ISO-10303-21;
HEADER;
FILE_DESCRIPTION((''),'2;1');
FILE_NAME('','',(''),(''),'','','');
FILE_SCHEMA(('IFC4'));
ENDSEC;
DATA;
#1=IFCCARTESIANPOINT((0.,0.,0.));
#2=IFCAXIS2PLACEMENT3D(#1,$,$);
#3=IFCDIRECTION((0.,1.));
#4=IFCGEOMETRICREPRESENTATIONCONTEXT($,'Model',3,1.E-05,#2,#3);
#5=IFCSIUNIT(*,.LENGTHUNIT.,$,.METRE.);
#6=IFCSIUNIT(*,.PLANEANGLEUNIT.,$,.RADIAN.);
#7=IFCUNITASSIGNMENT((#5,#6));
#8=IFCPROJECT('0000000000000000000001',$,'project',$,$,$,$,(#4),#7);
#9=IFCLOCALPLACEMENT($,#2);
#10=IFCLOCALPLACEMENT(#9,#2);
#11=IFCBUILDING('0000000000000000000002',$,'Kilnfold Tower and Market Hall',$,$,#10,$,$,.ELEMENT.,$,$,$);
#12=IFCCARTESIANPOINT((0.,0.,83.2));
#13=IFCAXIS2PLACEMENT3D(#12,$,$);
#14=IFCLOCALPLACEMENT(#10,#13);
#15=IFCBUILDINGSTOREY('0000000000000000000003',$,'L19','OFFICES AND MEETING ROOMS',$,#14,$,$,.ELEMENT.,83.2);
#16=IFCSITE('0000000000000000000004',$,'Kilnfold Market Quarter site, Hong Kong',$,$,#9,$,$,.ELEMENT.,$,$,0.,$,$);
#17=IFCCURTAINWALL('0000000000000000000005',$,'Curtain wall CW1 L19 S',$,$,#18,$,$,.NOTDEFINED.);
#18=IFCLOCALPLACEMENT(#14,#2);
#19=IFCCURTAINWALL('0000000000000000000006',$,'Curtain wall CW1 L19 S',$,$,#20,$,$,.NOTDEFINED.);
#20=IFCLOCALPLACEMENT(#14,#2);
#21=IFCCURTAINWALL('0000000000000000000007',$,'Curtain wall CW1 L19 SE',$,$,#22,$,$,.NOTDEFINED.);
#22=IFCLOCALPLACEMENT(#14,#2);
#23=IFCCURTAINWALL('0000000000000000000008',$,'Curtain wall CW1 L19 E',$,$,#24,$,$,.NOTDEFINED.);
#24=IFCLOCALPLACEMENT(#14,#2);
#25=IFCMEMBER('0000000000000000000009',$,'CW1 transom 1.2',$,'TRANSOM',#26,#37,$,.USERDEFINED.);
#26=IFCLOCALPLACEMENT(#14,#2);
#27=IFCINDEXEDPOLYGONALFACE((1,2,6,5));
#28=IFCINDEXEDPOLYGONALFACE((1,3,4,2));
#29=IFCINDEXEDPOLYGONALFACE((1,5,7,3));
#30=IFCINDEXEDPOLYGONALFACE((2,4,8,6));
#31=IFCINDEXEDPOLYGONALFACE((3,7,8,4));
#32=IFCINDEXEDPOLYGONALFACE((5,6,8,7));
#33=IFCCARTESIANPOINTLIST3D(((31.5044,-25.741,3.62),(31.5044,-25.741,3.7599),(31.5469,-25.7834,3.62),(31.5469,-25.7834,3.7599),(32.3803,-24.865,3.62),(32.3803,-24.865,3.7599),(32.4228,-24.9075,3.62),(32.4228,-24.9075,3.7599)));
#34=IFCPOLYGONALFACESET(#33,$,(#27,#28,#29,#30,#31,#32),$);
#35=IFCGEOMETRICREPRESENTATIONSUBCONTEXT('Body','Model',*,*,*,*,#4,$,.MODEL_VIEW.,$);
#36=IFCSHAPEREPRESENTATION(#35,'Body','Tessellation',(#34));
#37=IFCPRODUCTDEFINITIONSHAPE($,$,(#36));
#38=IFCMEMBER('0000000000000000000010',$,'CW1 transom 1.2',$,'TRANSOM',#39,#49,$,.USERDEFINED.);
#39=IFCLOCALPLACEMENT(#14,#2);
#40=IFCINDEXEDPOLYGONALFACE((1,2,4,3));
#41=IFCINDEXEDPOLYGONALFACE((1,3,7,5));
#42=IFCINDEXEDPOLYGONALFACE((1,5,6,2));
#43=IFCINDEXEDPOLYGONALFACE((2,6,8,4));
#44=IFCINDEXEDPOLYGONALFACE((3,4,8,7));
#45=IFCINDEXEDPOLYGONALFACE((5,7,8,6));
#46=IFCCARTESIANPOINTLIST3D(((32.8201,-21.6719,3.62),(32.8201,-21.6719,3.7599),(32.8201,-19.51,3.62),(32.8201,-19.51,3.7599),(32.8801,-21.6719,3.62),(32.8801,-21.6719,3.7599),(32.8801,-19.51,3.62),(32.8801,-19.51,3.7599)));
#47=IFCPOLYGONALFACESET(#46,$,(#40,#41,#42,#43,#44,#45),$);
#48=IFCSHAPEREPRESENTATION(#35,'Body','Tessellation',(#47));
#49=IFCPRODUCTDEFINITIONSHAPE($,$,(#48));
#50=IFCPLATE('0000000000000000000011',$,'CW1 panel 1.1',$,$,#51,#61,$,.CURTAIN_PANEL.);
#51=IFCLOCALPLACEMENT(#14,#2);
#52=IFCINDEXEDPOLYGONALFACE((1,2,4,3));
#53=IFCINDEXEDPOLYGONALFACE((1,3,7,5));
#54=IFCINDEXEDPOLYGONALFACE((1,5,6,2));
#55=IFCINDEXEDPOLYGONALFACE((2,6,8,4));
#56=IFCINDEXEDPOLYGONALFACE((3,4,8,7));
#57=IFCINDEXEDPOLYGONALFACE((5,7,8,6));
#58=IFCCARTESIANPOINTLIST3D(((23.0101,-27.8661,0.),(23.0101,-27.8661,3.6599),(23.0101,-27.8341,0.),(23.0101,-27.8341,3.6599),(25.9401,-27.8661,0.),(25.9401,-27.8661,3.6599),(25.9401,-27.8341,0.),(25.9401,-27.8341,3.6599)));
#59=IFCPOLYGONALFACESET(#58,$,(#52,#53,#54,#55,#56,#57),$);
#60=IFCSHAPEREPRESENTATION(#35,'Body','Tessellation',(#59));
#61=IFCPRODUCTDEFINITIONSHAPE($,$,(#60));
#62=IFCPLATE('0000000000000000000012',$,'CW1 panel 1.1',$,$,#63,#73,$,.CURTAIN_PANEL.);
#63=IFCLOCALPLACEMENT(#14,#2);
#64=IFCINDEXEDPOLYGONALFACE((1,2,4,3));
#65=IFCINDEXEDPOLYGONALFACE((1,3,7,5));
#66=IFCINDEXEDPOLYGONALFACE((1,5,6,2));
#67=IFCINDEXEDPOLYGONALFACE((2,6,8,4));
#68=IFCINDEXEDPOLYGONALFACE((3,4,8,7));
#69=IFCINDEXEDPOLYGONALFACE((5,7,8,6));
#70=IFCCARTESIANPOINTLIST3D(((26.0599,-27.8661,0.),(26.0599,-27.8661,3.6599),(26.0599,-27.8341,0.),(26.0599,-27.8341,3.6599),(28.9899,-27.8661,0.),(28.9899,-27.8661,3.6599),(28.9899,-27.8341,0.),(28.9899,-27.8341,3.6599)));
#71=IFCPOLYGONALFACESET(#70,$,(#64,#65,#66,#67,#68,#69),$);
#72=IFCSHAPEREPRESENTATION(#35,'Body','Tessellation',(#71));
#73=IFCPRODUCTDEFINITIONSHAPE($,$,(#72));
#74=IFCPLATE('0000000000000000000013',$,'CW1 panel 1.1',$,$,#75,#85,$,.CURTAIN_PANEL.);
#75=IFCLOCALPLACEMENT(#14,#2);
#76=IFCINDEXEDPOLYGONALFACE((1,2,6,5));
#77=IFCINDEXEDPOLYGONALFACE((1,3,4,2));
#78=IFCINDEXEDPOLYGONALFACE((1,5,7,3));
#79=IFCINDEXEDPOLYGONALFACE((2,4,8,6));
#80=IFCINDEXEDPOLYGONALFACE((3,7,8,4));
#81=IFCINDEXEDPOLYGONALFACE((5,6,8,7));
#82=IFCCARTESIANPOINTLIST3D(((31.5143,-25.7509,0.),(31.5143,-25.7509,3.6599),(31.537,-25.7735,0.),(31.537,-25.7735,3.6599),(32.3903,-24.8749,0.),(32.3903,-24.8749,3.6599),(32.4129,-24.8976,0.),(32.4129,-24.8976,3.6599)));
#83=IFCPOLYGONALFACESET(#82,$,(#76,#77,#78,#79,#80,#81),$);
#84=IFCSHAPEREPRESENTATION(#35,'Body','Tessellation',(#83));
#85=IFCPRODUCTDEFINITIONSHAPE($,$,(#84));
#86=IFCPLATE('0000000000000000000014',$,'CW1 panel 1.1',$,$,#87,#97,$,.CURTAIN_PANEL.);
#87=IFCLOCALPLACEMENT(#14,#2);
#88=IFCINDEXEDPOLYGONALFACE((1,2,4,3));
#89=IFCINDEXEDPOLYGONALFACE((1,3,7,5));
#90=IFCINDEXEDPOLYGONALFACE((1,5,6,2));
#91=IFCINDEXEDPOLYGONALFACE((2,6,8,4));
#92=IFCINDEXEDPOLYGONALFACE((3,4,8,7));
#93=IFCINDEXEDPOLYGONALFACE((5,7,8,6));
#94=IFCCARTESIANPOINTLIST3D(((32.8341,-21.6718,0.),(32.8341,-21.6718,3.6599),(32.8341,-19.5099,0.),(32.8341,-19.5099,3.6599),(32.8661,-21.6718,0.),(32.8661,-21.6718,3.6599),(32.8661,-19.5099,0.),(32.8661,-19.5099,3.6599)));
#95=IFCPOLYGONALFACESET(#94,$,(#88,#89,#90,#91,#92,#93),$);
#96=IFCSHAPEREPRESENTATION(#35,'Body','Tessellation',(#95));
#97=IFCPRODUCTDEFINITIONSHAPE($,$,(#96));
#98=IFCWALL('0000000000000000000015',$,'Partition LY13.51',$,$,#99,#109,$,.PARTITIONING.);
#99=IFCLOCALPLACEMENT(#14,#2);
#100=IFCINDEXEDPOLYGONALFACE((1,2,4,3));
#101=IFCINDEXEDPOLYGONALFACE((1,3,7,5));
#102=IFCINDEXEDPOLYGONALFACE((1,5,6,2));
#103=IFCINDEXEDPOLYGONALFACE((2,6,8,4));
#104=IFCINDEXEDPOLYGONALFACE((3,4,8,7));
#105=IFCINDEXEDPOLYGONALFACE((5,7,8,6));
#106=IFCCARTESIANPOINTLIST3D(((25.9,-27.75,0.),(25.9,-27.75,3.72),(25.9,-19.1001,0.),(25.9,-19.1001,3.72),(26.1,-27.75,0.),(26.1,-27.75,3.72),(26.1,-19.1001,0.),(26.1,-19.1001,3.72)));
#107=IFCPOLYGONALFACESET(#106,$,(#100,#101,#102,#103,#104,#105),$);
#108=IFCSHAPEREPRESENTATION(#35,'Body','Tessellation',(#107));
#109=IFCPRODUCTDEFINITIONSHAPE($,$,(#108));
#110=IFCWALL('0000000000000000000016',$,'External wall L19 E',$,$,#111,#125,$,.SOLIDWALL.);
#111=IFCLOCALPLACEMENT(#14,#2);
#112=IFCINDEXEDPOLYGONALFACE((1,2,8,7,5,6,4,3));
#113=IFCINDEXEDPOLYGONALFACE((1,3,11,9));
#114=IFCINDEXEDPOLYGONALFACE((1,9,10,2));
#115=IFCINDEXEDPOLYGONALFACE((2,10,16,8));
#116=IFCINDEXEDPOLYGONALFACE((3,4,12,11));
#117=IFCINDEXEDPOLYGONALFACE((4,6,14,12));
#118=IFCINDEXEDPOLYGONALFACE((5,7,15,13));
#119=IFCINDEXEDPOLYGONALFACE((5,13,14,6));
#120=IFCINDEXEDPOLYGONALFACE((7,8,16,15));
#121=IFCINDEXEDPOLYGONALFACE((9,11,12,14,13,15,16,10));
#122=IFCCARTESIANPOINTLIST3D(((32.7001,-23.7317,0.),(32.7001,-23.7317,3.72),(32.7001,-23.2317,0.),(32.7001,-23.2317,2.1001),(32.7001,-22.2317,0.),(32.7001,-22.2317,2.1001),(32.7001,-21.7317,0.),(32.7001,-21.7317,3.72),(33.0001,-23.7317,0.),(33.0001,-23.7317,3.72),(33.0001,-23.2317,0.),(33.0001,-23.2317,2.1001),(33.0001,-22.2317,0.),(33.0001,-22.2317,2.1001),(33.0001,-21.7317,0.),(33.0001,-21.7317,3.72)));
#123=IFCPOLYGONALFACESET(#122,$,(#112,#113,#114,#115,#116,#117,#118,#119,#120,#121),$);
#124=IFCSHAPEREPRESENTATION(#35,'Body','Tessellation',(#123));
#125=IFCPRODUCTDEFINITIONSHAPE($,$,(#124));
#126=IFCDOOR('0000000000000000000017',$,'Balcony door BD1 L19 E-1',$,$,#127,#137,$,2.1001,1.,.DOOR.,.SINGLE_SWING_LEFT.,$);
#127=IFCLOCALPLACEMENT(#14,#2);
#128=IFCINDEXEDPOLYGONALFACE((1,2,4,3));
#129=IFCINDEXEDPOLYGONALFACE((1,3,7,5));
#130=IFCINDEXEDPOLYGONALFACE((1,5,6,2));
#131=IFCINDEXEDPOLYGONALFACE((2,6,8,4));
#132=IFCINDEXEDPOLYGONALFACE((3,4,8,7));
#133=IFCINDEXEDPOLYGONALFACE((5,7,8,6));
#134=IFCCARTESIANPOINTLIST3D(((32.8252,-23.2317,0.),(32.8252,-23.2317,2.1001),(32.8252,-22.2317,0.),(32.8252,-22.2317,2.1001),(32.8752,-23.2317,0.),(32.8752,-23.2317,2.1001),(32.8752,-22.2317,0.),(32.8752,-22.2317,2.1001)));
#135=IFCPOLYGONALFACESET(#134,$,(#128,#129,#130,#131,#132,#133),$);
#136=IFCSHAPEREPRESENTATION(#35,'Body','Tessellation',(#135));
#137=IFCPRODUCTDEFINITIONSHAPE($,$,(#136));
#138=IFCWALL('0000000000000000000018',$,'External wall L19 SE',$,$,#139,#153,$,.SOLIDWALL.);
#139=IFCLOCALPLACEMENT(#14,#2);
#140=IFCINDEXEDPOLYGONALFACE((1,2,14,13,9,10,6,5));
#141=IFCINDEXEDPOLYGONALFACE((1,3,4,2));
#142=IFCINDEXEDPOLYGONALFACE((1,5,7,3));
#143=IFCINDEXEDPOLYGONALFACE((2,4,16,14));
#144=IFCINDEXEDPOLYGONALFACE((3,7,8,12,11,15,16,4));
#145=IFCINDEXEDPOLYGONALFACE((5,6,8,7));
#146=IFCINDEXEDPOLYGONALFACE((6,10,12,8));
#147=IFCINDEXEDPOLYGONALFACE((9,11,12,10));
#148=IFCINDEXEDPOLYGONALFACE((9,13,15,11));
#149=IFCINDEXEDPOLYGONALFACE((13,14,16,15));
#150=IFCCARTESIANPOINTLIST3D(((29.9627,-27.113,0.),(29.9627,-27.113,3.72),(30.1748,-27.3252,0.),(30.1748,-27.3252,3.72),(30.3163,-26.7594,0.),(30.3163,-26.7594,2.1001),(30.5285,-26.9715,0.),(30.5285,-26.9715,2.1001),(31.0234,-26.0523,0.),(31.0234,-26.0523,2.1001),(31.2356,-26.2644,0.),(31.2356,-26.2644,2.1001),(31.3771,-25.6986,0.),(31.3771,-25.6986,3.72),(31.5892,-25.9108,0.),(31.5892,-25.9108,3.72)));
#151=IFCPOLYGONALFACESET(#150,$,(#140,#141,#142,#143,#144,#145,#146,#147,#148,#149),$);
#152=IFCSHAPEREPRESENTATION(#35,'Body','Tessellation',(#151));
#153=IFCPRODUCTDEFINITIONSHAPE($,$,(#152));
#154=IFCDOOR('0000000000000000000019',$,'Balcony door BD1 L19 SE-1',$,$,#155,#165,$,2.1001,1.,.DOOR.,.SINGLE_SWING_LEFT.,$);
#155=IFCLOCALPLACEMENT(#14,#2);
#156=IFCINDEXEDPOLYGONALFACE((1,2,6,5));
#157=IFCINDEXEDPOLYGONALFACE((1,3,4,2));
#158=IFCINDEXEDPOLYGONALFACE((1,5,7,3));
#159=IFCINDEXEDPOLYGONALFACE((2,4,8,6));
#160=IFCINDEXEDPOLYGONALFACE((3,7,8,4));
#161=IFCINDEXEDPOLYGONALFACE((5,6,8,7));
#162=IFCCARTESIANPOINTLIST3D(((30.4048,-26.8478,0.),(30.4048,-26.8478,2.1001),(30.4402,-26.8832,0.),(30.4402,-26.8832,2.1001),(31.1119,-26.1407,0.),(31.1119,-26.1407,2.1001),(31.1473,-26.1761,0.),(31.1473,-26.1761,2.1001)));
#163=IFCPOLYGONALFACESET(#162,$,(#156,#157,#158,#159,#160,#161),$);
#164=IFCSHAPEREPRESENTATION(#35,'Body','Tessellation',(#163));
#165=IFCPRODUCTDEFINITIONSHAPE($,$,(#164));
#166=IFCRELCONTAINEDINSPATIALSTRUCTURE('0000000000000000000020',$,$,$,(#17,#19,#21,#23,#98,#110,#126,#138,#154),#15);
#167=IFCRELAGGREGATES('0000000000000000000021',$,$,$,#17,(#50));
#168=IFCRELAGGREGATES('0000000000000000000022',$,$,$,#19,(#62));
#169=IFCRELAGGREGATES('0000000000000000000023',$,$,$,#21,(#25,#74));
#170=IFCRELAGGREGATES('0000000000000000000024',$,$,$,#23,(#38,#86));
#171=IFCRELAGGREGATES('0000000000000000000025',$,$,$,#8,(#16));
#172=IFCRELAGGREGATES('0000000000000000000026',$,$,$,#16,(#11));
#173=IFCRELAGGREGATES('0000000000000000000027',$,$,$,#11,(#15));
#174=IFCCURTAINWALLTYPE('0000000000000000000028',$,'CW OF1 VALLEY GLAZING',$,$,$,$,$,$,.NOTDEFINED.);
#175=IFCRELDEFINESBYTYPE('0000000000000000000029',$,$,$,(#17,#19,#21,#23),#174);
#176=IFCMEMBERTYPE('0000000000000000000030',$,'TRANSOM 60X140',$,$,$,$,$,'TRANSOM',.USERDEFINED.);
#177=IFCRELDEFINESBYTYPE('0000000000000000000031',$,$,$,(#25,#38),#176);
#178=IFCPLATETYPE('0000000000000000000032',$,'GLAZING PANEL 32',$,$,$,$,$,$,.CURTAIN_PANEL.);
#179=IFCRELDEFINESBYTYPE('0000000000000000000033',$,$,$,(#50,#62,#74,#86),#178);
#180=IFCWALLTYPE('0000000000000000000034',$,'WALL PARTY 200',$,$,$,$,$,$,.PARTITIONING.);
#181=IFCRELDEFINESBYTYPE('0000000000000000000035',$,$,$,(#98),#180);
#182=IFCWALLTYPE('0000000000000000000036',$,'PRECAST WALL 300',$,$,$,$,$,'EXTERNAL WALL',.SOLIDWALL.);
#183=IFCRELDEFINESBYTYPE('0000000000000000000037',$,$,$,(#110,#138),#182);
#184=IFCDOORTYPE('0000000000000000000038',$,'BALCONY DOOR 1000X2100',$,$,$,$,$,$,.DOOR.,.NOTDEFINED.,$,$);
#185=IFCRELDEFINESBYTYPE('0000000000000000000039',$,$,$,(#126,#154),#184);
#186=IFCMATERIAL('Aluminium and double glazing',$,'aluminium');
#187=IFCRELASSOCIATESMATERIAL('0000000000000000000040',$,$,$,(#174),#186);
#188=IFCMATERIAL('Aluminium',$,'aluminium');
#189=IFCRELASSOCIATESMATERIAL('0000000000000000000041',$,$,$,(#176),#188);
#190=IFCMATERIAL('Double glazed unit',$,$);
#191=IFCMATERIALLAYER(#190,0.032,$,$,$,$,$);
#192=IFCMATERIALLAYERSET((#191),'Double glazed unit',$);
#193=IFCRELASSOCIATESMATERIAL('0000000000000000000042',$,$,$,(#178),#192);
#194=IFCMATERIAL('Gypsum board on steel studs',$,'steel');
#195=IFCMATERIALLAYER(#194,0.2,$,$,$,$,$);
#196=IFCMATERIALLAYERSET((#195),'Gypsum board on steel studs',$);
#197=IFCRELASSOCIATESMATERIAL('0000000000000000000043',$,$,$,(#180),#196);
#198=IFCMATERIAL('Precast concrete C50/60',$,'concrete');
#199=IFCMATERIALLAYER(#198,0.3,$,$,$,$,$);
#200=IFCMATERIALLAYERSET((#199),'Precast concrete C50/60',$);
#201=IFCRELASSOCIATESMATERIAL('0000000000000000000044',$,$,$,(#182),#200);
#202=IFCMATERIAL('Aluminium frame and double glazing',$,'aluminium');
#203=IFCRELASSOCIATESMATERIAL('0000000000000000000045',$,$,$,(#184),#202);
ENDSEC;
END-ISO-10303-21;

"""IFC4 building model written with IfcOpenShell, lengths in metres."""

from ifc_helpers import new_model, si_unit, direction, frame, frame_2d, origin, origin_2d, place, context, subcontext, project, spatial, rectangle, extrude, source, transform, mapped, material, layer, layer_set, material_profile, profile_set, type_object, element, fill, aggregate, save


model = new_model("IFC4")

# Units and contexts
model_context = context("Model", 3, precision=1e-05, world=origin(), true_north=direction((0.0, 1.0)))
body_context = subcontext(model_context, "Body", "Model", "MODEL_VIEW")
ifc_project = project(units=[si_unit("LENGTHUNIT", "METRE"), si_unit("PLANEANGLEUNIT", "RADIAN")], contexts=[model_context])

# Site, building, storey
site_placement = place(None, origin())
site = spatial("IfcSite", under=ifc_project, at=site_placement, Name="Kilnfold Market Quarter site, Hong Kong", CompositionType="ELEMENT", RefElevation=0.0)
building_placement = place(site_placement, origin())
building = spatial("IfcBuilding", under=site, at=building_placement, Name="Kilnfold Tower and Market Hall", CompositionType="ELEMENT")
storey_placement = place(building_placement, frame((0.0, 0.0, 83.2)))
storey = spatial("IfcBuildingStorey", under=building, at=storey_placement, Name="L19", Description="OFFICES AND MEETING ROOMS", CompositionType="ELEMENT", Elevation=83.2)

# Curtain wall
ifc_material_1 = material(Name="Aluminium and double glazing", Category="aluminium")
curtain_wall_type = type_object("IfcCurtainWallType", Name="CW OF1 VALLEY GLAZING", PredefinedType="NOTDEFINED", material=ifc_material_1)
curtain_wall_1_placement = place(storey_placement, origin())
curtain_wall_1 = element("IfcCurtainWall", 1, at=curtain_wall_1_placement, inside=storey, type_object=curtain_wall_type, Name="Curtain wall CW1 L19 S", PredefinedType="NOTDEFINED")

# Curtain walls
curtain_wall_2_placement = place(storey_placement, origin())
curtain_wall_2 = element("IfcCurtainWall", 2, at=curtain_wall_2_placement, inside=storey, type_object=curtain_wall_type, Name="Curtain wall CW1 L19 S", PredefinedType="NOTDEFINED")
curtain_wall_3_placement = place(storey_placement, origin())
curtain_wall_3 = element("IfcCurtainWall", 3, at=curtain_wall_3_placement, inside=storey, type_object=curtain_wall_type, Name="Curtain wall CW1 L19 SE", PredefinedType="NOTDEFINED")
curtain_wall_4_placement = place(storey_placement, origin())
curtain_wall_4 = element("IfcCurtainWall", 4, at=curtain_wall_4_placement, inside=storey, type_object=curtain_wall_type, Name="Curtain wall CW1 L19 E", PredefinedType="NOTDEFINED")

# Members
ifc_material_2 = material(Name="Aluminium", Category="aluminium")
ifc_material_profile_1 = material_profile(ifc_material_2, rectangle(XDim=0.0601, YDim=0.1399, at=origin_2d()), Name="TRANSOM 60x140")
ifc_profile_set_1 = profile_set([ifc_material_profile_1], Name="Aluminium")
member_type_1 = type_object("IfcMemberType", Name="TRANSOM 60X140", ElementType="TRANSOM", PredefinedType="USERDEFINED", material=ifc_profile_set_1)
shared_shape_1 = source(origin(), body_context, "Body", "SweptSolid", [
    extrude(rectangle(XDim=0.0601, YDim=0.1399, at=origin_2d()), origin(), (0.0, 0.0, 1.0), 1.2388),
])
member_1_placement = place(storey_placement, frame((31.5256, -25.7622, 3.6899), z_axis=(0.707107, 0.707107, 0.0), x_axis=(-0.707107, 0.707107, 0.0)))
member_1 = element("IfcMember", 5, at=member_1_placement, type_object=member_type_1, Name="CW1 transom 1.2", ObjectType="TRANSOM", PredefinedType="USERDEFINED", context=body_context, shape_type="MappedRepresentation", body=[
    mapped(shared_shape_1, transform((0.0, 0.0, 0.0))),
])
shared_shape_2 = source(origin(), body_context, "Body", "SweptSolid", [
    extrude(rectangle(XDim=0.0601, YDim=0.1399, at=origin_2d()), origin(), (0.0, 0.0, 1.0), 2.1619),
])
member_2_placement = place(storey_placement, frame((32.8501, -21.6719, 3.6899), z_axis=(0.0, 1.0, 0.0), x_axis=(-1.0, 0.0, 0.0)))
member_2 = element("IfcMember", 6, at=member_2_placement, type_object=member_type_1, Name="CW1 transom 1.2", ObjectType="TRANSOM", PredefinedType="USERDEFINED", context=body_context, shape_type="MappedRepresentation", body=[
    mapped(shared_shape_2, transform((0.0, 0.0, 0.0))),
])

# Plates
ifc_material_3 = material(Name="Double glazed unit")
ifc_layer_1 = layer(ifc_material_3, 0.032)
ifc_layer_set_1 = layer_set([ifc_layer_1], Name="Double glazed unit")
plate_type = type_object("IfcPlateType", Name="GLAZING PANEL 32", PredefinedType="CURTAIN_PANEL", material=ifc_layer_set_1)
shared_shape_3 = source(origin(), body_context, "Body", "SweptSolid", [
    extrude(rectangle(XDim=2.9299, YDim=0.032, at=origin_2d()), origin(), (0.0, 0.0, 1.0), 3.6599),
])
plate_1_placement = place(storey_placement, frame((24.4751, -27.8501, 0.0), z_axis=(0.0, 0.0, 1.0), x_axis=(1.0, 0.0, 0.0)))
plate_1 = element("IfcPlate", 7, at=plate_1_placement, type_object=plate_type, Name="CW1 panel 1.1", PredefinedType="CURTAIN_PANEL", context=body_context, shape_type="MappedRepresentation", body=[
    mapped(shared_shape_3, transform((0.0, 0.0, 0.0))),
])
aggregate(curtain_wall_1, [plate_1])
plate_2_placement = place(storey_placement, frame((27.5249, -27.8501, 0.0), z_axis=(0.0, 0.0, 1.0), x_axis=(1.0, 0.0, 0.0)))
plate_2 = element("IfcPlate", 8, at=plate_2_placement, type_object=plate_type, Name="CW1 panel 1.1", PredefinedType="CURTAIN_PANEL", context=body_context, shape_type="MappedRepresentation", body=[
    mapped(shared_shape_3, transform((0.0, 0.0, 0.0))),
])
aggregate(curtain_wall_2, [plate_2])
shared_shape_4 = source(origin(), body_context, "Body", "SweptSolid", [
    extrude(rectangle(XDim=1.2388, YDim=0.032, at=origin_2d()), origin(), (0.0, 0.0, 1.0), 3.6599),
])
plate_3_placement = place(storey_placement, frame((31.9636, -25.3242, 0.0), z_axis=(0.0, 0.0, 1.0), x_axis=(0.707107, 0.707107, 0.0)))
plate_3 = element("IfcPlate", 9, at=plate_3_placement, type_object=plate_type, Name="CW1 panel 1.1", PredefinedType="CURTAIN_PANEL", context=body_context, shape_type="MappedRepresentation", body=[
    mapped(shared_shape_4, transform((0.0, 0.0, 0.0))),
])
aggregate(curtain_wall_3, [member_1, plate_3])
shared_shape_5 = source(origin(), body_context, "Body", "SweptSolid", [
    extrude(rectangle(XDim=2.1619, YDim=0.032, at=origin_2d()), origin(), (0.0, 0.0, 1.0), 3.6599),
])
plate_4_placement = place(storey_placement, frame((32.8501, -20.5908, 0.0), z_axis=(0.0, 0.0, 1.0), x_axis=(0.0, 1.0, 0.0)))
plate_4 = element("IfcPlate", 10, at=plate_4_placement, type_object=plate_type, Name="CW1 panel 1.1", PredefinedType="CURTAIN_PANEL", context=body_context, shape_type="MappedRepresentation", body=[
    mapped(shared_shape_5, transform((0.0, 0.0, 0.0))),
])
aggregate(curtain_wall_4, [member_2, plate_4])

# Wall
ifc_material_4 = material(Name="Gypsum board on steel studs", Category="steel")
ifc_layer_2 = layer(ifc_material_4, 0.2)
ifc_layer_set_2 = layer_set([ifc_layer_2], Name="Gypsum board on steel studs")
wall_type_1 = type_object("IfcWallType", Name="WALL PARTY 200", PredefinedType="PARTITIONING", material=ifc_layer_set_2)
wall_1_placement = place(storey_placement, frame((26.0, -27.75, 0.0), z_axis=(0.0, 0.0, 1.0), x_axis=(0.0, 1.0, 0.0)))
element("IfcWall", 11, at=wall_1_placement, inside=storey, type_object=wall_type_1, Name="Partition LY13.51", PredefinedType="PARTITIONING", context=body_context, shape_type="SweptSolid", body=[
    extrude(rectangle(XDim=8.6499, YDim=0.2, at=frame_2d((4.325, 0.0))), origin(), (0.0, 0.0, 1.0), 3.72),
])

# Walls, openings, doors
ifc_material_5 = material(Name="Precast concrete C50/60", Category="concrete")
ifc_layer_3 = layer(ifc_material_5, 0.3)
ifc_layer_set_3 = layer_set([ifc_layer_3], Name="Precast concrete C50/60")
wall_type_2 = type_object("IfcWallType", Name="PRECAST WALL 300", ElementType="EXTERNAL WALL", PredefinedType="SOLIDWALL", material=ifc_layer_set_3)
shared_shape_6 = source(origin(), body_context, "Body", "SweptSolid", [
    extrude(rectangle(XDim=2.0, YDim=0.3, at=frame_2d((1.0, 0.0))), origin(), (0.0, 0.0, 1.0), 3.72),
])
wall_2_placement = place(storey_placement, frame((32.8501, -23.7317, 0.0), z_axis=(0.0, 0.0, 1.0), x_axis=(0.0, 1.0, 0.0)))
wall_2 = element("IfcWall", 12, at=wall_2_placement, inside=storey, type_object=wall_type_2, Name="External wall L19 E", PredefinedType="SOLIDWALL", context=body_context, shape_type="MappedRepresentation", body=[
    mapped(shared_shape_6, transform((0.0, 0.0, 0.0))),
])
opening_1_placement = place(wall_2_placement, frame((0.5, 0.0, 0.0)))
opening_1 = element("IfcOpeningElement", 13, at=opening_1_placement, cuts=wall_2, PredefinedType="OPENING", context=body_context, shape_type="SweptSolid", body=[
    extrude(rectangle(XDim=1.0, YDim=2.1001, at=frame_2d((0.5, 1.05))), frame((0.0, 0.1602, 0.0), z_axis=(0.0, -1.0, 0.0), x_axis=(1.0, 0.0, 0.0)), (0.0, 0.0, 1.0), 0.3201),
])
ifc_material_6 = material(Name="Aluminium frame and double glazing", Category="aluminium")
door_type = type_object("IfcDoorType", Name="BALCONY DOOR 1000X2100", OperationType="NOTDEFINED", PredefinedType="DOOR", material=ifc_material_6)
door_1_placement = place(opening_1_placement, origin())
door_1 = element("IfcDoor", 14, at=door_1_placement, inside=storey, type_object=door_type, Name="Balcony door BD1 L19 E-1", OperationType="SINGLE_SWING_LEFT", OverallHeight=2.1001, OverallWidth=1.0, PredefinedType="DOOR", context=body_context, shape_type="SweptSolid", body=[
    extrude(rectangle(XDim=1.0, YDim=2.1001, at=frame_2d((0.5, 1.05))), frame((0.0, 0.0249, 0.0), z_axis=(0.0, -1.0, 0.0), x_axis=(1.0, 0.0, 0.0)), (0.0, 0.0, 1.0), 0.05),
])
fill(opening_1, door_1)
shared_shape_7 = source(origin(), body_context, "Body", "SweptSolid", [
    extrude(rectangle(XDim=2.0002, YDim=0.3, at=frame_2d((1.0, 0.0))), origin(), (0.0, 0.0, 1.0), 3.72),
])
wall_3_placement = place(storey_placement, frame((30.0688, -27.219, 0.0), z_axis=(0.0, 0.0, 1.0), x_axis=(0.707107, 0.707107, 0.0)))
wall_3 = element("IfcWall", 15, at=wall_3_placement, inside=storey, type_object=wall_type_2, Name="External wall L19 SE", PredefinedType="SOLIDWALL", context=body_context, shape_type="MappedRepresentation", body=[
    mapped(shared_shape_7, transform((0.0, 0.0, 0.0))),
])
opening_2_placement = place(wall_3_placement, frame((0.5, 0.0, 0.0)))
opening_2 = element("IfcOpeningElement", 16, at=opening_2_placement, cuts=wall_3, PredefinedType="OPENING", context=body_context, shape_type="SweptSolid", body=[
    extrude(rectangle(XDim=1.0, YDim=2.1001, at=frame_2d((0.5, 1.05))), frame((0.0, 0.1602, 0.0), z_axis=(0.0, -1.0, 0.0), x_axis=(1.0, 0.0, 0.0)), (0.0, 0.0, 1.0), 0.3201),
])
door_2_placement = place(opening_2_placement, origin())
door_2 = element("IfcDoor", 17, at=door_2_placement, inside=storey, type_object=door_type, Name="Balcony door BD1 L19 SE-1", OperationType="SINGLE_SWING_LEFT", OverallHeight=2.1001, OverallWidth=1.0, PredefinedType="DOOR", context=body_context, shape_type="SweptSolid", body=[
    extrude(rectangle(XDim=1.0, YDim=2.1001, at=frame_2d((0.5, 1.05))), frame((0.0, 0.0249, 0.0), z_axis=(0.0, -1.0, 0.0), x_axis=(1.0, 0.0, 0.0)), (0.0, 0.0, 1.0), 0.05),
])
fill(opening_2, door_2)

save(model, "model.ifc")
